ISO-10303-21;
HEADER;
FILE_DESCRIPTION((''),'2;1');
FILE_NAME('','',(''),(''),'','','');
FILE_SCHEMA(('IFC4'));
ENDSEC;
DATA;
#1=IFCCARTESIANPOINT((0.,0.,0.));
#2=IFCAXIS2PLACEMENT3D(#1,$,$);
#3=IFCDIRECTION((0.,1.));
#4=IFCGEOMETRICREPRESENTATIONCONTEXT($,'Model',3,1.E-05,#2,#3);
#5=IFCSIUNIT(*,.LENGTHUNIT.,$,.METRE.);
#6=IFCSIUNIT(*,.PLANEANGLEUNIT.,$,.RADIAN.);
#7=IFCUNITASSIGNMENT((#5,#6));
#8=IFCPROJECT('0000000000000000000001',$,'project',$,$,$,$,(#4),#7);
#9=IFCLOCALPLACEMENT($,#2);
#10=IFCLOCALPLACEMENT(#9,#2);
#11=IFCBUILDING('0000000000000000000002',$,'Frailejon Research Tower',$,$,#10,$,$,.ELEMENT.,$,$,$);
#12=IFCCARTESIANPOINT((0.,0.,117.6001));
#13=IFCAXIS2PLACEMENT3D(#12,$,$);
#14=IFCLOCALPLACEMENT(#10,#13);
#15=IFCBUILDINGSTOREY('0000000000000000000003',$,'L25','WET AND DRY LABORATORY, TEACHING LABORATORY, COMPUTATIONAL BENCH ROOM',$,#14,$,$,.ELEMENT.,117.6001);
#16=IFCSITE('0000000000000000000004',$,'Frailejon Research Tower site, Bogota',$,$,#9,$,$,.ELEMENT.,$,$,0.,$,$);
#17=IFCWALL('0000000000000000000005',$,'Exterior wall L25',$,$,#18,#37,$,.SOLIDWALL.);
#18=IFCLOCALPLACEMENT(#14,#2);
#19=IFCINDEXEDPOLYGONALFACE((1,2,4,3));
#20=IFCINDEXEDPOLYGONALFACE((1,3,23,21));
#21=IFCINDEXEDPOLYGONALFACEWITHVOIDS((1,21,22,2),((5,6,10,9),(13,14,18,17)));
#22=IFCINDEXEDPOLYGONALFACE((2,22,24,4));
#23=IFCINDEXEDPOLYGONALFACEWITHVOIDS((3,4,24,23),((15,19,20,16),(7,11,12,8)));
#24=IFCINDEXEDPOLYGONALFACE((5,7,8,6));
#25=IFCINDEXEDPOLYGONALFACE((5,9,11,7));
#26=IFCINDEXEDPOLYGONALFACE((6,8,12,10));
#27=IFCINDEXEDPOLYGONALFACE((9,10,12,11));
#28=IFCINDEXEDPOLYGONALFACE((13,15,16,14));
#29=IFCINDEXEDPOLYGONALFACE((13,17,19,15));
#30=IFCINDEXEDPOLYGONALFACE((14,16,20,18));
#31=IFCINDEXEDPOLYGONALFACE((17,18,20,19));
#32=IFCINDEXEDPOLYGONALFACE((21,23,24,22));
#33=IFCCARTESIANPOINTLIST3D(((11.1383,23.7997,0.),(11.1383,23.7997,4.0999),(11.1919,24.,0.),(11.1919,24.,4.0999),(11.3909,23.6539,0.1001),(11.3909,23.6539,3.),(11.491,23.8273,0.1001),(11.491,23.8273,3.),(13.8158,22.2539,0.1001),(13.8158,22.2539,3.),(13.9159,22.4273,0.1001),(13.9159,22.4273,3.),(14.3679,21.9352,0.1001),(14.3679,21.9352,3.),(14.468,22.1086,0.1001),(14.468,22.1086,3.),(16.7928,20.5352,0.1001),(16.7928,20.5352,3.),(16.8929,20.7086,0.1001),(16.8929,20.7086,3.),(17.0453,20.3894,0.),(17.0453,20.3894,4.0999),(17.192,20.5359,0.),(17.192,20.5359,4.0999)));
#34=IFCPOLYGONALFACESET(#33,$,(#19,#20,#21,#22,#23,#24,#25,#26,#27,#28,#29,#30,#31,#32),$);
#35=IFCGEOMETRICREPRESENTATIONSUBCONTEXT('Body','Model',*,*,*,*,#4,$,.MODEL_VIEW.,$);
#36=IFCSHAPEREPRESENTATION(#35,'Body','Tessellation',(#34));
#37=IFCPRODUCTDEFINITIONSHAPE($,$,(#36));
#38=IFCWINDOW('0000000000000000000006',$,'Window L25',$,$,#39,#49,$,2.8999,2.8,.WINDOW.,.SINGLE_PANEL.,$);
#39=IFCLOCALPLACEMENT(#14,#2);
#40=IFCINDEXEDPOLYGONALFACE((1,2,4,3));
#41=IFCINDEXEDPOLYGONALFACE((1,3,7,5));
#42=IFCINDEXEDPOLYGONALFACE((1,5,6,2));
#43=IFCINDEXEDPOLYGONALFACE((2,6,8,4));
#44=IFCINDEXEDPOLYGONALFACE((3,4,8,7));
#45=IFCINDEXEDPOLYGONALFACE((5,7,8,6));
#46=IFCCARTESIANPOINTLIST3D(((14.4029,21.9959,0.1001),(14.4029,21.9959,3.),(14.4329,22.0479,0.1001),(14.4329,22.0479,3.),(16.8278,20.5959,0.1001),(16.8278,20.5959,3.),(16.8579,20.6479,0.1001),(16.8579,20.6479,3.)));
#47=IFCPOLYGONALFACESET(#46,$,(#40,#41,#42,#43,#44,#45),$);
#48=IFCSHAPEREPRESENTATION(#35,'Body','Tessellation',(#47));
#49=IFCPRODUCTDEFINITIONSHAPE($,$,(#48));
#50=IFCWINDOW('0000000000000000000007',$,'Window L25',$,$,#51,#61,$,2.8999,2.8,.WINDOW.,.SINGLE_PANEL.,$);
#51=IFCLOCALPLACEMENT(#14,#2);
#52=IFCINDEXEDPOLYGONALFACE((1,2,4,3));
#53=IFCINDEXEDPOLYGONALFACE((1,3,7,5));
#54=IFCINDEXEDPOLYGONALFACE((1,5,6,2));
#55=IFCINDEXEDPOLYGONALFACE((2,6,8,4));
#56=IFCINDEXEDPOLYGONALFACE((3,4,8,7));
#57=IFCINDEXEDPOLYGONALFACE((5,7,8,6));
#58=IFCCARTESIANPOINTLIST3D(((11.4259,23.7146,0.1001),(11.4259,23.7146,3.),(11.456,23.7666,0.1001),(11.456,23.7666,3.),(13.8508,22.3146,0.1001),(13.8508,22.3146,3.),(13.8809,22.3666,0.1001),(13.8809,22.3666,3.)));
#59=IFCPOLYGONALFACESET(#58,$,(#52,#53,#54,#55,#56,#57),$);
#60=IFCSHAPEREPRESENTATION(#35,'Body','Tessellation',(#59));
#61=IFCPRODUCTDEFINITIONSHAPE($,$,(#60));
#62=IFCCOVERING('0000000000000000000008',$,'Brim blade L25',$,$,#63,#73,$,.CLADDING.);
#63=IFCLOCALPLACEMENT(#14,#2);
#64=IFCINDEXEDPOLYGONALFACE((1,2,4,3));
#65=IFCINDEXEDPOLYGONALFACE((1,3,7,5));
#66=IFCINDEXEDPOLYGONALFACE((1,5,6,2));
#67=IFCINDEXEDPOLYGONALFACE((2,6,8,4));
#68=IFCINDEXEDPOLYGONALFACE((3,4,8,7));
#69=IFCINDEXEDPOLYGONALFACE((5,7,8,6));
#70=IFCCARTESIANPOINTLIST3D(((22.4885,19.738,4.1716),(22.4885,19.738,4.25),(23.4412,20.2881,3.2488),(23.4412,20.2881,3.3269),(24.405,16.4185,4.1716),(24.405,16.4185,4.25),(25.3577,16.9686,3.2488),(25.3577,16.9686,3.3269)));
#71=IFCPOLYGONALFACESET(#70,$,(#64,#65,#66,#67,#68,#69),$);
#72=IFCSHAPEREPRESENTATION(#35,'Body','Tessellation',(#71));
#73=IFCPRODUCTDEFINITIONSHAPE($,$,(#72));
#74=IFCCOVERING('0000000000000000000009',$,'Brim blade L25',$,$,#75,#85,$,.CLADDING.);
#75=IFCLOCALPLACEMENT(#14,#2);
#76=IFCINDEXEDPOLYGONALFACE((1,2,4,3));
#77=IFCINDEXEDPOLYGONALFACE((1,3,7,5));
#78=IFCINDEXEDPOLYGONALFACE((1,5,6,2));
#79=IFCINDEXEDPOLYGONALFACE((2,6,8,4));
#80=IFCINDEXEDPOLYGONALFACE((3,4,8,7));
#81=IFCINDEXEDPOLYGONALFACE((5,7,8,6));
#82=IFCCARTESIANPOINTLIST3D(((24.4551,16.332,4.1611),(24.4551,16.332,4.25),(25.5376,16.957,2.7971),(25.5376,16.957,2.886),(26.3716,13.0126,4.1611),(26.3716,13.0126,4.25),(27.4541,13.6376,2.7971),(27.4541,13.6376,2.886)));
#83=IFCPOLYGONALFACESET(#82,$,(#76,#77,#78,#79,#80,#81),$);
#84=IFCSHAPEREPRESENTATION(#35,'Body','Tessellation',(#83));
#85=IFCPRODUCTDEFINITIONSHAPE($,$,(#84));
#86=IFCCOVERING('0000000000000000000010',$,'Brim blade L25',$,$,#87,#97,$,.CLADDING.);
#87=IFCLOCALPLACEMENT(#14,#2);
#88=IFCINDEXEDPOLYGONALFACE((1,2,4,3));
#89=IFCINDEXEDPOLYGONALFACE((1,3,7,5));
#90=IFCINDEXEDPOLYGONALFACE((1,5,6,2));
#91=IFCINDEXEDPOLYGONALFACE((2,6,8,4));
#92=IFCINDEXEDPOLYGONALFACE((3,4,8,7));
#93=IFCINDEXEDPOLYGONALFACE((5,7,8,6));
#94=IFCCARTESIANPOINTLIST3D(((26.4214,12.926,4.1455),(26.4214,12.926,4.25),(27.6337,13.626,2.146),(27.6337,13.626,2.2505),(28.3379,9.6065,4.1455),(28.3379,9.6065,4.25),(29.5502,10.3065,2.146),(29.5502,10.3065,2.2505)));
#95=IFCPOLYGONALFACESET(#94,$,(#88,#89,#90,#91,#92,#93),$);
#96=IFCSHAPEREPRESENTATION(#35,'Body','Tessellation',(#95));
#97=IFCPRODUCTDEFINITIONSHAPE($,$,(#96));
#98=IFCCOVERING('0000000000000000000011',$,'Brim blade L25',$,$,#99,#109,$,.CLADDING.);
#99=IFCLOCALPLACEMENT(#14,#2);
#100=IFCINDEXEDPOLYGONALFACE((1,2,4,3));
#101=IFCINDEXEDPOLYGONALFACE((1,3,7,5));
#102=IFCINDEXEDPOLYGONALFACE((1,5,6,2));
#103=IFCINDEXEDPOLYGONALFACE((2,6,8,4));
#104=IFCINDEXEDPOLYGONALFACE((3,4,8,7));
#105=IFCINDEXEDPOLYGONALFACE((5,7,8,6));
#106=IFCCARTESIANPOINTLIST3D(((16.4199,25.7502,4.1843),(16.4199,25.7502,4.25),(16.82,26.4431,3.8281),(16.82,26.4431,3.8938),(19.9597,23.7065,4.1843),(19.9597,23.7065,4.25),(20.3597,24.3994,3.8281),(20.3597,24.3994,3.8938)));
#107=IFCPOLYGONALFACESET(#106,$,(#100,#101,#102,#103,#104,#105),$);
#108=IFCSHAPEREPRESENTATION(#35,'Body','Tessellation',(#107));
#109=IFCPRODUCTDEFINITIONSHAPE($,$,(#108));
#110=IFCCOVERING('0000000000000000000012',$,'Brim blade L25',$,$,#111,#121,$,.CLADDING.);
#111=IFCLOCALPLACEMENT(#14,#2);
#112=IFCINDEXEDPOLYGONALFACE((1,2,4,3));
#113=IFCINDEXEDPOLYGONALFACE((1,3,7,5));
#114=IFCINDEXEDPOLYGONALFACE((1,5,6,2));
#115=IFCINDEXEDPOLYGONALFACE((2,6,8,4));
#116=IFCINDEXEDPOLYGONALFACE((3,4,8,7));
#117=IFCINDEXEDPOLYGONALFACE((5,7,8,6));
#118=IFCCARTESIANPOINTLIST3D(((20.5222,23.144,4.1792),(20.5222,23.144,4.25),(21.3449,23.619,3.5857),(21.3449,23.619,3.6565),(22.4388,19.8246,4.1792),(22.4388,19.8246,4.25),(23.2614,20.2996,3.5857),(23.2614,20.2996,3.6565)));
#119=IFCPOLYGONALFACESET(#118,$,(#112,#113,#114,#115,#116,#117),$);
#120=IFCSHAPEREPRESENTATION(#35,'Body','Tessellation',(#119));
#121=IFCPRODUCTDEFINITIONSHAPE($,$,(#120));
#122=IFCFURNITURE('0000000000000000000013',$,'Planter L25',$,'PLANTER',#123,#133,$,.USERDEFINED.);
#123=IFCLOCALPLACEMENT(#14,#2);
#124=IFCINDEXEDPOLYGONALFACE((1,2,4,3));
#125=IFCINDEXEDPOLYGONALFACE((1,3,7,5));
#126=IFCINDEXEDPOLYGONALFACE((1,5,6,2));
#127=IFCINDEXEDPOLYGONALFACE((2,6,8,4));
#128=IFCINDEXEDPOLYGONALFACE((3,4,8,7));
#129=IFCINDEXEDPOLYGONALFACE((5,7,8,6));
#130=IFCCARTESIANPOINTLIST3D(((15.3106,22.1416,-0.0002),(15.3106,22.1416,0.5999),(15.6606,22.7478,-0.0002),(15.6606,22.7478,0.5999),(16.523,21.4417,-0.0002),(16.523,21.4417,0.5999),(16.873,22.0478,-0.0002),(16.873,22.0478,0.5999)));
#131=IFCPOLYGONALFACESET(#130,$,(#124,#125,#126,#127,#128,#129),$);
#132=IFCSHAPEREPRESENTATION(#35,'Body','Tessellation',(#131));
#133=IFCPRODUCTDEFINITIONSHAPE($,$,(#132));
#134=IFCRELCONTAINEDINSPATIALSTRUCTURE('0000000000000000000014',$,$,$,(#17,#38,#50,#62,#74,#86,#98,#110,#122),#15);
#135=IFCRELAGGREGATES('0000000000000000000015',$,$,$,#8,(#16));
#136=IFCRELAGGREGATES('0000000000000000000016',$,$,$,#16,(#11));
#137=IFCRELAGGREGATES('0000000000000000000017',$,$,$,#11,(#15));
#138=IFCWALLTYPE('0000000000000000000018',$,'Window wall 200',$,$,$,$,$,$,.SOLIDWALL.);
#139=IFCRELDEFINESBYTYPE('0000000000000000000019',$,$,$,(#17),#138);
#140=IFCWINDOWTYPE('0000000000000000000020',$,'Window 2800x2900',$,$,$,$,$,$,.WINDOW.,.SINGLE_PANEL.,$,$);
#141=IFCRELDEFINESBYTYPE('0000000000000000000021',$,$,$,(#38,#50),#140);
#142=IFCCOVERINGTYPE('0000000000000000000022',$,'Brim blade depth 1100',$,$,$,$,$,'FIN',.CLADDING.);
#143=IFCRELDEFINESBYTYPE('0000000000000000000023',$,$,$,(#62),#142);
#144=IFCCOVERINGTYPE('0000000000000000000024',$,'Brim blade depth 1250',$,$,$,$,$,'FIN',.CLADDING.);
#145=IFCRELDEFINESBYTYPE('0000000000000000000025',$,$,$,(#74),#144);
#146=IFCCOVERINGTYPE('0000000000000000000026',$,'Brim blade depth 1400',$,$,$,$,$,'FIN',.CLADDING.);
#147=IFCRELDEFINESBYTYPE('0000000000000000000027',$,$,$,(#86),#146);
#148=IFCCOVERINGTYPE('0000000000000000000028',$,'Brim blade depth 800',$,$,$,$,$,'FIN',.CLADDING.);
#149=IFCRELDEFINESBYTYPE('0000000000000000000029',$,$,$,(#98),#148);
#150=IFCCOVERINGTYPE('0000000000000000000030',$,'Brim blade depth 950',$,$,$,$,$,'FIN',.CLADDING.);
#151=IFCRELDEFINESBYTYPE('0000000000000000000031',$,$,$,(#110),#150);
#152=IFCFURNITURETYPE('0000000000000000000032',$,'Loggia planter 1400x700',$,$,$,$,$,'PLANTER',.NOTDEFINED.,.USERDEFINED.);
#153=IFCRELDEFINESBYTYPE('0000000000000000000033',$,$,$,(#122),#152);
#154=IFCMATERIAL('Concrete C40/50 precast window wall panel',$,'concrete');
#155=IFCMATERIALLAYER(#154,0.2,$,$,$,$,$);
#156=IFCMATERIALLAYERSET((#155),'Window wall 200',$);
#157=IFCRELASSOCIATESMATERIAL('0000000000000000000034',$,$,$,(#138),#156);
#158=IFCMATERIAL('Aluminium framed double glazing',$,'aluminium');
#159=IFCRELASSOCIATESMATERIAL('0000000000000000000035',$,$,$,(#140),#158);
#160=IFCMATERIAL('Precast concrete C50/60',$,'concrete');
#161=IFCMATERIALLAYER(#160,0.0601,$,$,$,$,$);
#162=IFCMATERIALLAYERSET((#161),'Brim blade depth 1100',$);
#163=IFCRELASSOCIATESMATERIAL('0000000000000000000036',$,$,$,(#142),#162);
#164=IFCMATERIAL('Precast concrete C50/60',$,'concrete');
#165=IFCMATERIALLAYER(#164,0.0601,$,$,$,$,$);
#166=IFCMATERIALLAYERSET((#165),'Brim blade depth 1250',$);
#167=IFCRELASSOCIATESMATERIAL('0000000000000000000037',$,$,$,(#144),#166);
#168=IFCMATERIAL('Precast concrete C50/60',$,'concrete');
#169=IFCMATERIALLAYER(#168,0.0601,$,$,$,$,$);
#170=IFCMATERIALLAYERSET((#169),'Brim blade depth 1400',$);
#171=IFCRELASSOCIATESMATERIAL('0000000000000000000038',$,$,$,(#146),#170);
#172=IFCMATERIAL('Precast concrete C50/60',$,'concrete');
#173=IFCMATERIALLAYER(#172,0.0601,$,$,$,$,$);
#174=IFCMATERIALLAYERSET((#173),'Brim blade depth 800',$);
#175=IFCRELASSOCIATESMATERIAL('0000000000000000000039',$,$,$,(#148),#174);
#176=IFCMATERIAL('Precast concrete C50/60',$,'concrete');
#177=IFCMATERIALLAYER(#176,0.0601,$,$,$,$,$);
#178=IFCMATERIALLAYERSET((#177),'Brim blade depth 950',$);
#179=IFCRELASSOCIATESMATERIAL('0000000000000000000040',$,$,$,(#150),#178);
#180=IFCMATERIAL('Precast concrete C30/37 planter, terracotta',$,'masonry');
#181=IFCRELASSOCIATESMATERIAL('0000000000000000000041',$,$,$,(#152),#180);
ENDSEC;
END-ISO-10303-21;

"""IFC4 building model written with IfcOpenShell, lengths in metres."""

from ifc_helpers import new_model, si_unit, direction, frame, frame_2d, origin, origin_2d, place, context, subcontext, project, spatial, polyline, rectangle, outline, extrude, material, layer, layer_set, type_object, element, fill, save


model = new_model("IFC4")

# Units and contexts
model_context = context("Model", 3, precision=1e-05, world=origin(), true_north=direction((0.0, 1.0)))
body_context = subcontext(model_context, "Body", "Model", "MODEL_VIEW")
ifc_project = project(units=[si_unit("LENGTHUNIT", "METRE"), si_unit("PLANEANGLEUNIT", "RADIAN")], contexts=[model_context])

# Site, building, storey
site_placement = place(None, origin())
site = spatial("IfcSite", under=ifc_project, at=site_placement, Name="Frailejon Research Tower site, Bogota", CompositionType="ELEMENT", RefElevation=0.0)
building_placement = place(site_placement, origin())
building = spatial("IfcBuilding", under=site, at=building_placement, Name="Frailejon Research Tower", CompositionType="ELEMENT")
storey_placement = place(building_placement, frame((0.0, 0.0, 117.6001)))
storey = spatial("IfcBuildingStorey", under=building, at=storey_placement, Name="L25", Description="WET AND DRY LABORATORY, TEACHING LABORATORY, COMPUTATIONAL BENCH ROOM", CompositionType="ELEMENT", Elevation=117.6001)

# Wall, openings, windows
ifc_material_1 = material(Name="Concrete C40/50 precast window wall panel", Category="concrete")
ifc_layer_1 = layer(ifc_material_1, 0.2)
ifc_layer_set_1 = layer_set([ifc_layer_1], Name="Window wall 200")
wall_type_1 = type_object("IfcWallType", Name="Window wall 200", PredefinedType="SOLIDWALL", material=ifc_layer_set_1)
wall_1_placement = place(storey_placement, frame((17.1187, 20.4626, 0.0), z_axis=(0.0, 0.0, 1.0), x_axis=(-0.866029, 0.499993, 0.0)))
wall_1 = element("IfcWall", 1, at=wall_1_placement, inside=storey, type_object=wall_type_1, Name="Exterior wall L25", PredefinedType="SOLIDWALL", context=body_context, shape_type="SweptSolid", body=[
    extrude(outline(polyline([(-0.0269, -0.1001), (1.1279, -0.1001), (2.2825, -0.1001), (3.4373, -0.1001), (4.592, -0.1001), (5.7466, -0.1001), (6.9014, -0.1001), (6.8477, 0.1001), (5.7109, 0.1001), (4.574, 0.1001), (3.4373, 0.1001), (2.3005, 0.1001), (1.1636, 0.1001), (0.0269, 0.1001), (-0.0269, -0.1001)])), origin(), (0.0, 0.0, 1.0), 4.0999),
])
opening_1_placement = place(wall_1_placement, frame((0.3186, 0.0, 0.1001)))
opening_1 = element("IfcOpeningElement", 2, at=opening_1_placement, cuts=wall_1, PredefinedType="OPENING", context=body_context, shape_type="SweptSolid", body=[
    extrude(rectangle(XDim=2.8, YDim=2.8999, at=frame_2d((1.3999, 1.45))), frame((0.0, 0.1099, 0.0), z_axis=(0.0, -1.0, 0.0), x_axis=(1.0, 0.0, 0.0)), (0.0, 0.0, 1.0), 0.22),
])
opening_2_placement = place(wall_1_placement, frame((3.7561, 0.0, 0.1001)))
opening_2 = element("IfcOpeningElement", 3, at=opening_2_placement, cuts=wall_1, PredefinedType="OPENING", context=body_context, shape_type="SweptSolid", body=[
    extrude(rectangle(XDim=2.8, YDim=2.8999, at=frame_2d((1.3999, 1.45))), frame((0.0, 0.1099, 0.0), z_axis=(0.0, -1.0, 0.0), x_axis=(1.0, 0.0, 0.0)), (0.0, 0.0, 1.0), 0.22),
])
ifc_material_2 = material(Name="Aluminium framed double glazing", Category="aluminium")
window_type = type_object("IfcWindowType", Name="Window 2800x2900", PartitioningType="SINGLE_PANEL", PredefinedType="WINDOW", material=ifc_material_2)
window_1_placement = place(opening_1_placement, origin())
window_1 = element("IfcWindow", 4, at=window_1_placement, inside=storey, type_object=window_type, Name="Window L25", OverallHeight=2.8999, OverallWidth=2.8, PartitioningType="SINGLE_PANEL", PredefinedType="WINDOW", context=body_context, shape_type="SweptSolid", body=[
    extrude(rectangle(XDim=2.8, YDim=2.8999, at=frame_2d((1.3999, 1.45))), frame((0.0, 0.03, 0.0), z_axis=(0.0, -1.0, 0.0), x_axis=(1.0, 0.0, 0.0)), (0.0, 0.0, 1.0), 0.0601),
])
fill(opening_1, window_1)
window_2_placement = place(opening_2_placement, origin())
window_2 = element("IfcWindow", 5, at=window_2_placement, inside=storey, type_object=window_type, Name="Window L25", OverallHeight=2.8999, OverallWidth=2.8, PartitioningType="SINGLE_PANEL", PredefinedType="WINDOW", context=body_context, shape_type="SweptSolid", body=[
    extrude(rectangle(XDim=2.8, YDim=2.8999, at=frame_2d((1.3999, 1.45))), frame((0.0, 0.03, 0.0), z_axis=(0.0, -1.0, 0.0), x_axis=(1.0, 0.0, 0.0)), (0.0, 0.0, 1.0), 0.0601),
])
fill(opening_2, window_2)

# Coverings
ifc_material_3 = material(Name="Precast concrete C50/60", Category="concrete")
ifc_layer_2 = layer(ifc_material_3, 0.0601)
ifc_layer_set_2 = layer_set([ifc_layer_2], Name="Brim blade depth 1100")
covering_type_1 = type_object("IfcCoveringType", Name="Brim blade depth 1100", ElementType="FIN", PredefinedType="CLADDING", material=ifc_layer_set_2)
covering_1_placement = place(storey_placement, frame((22.4885, 19.738, 4.25), z_axis=(0.49999, -0.866031, 0.0), x_axis=(0.866031, 0.49999, 0.0)))
element("IfcCovering", 6, at=covering_1_placement, inside=storey, type_object=covering_type_1, Name="Brim blade L25", PredefinedType="CLADDING", context=body_context, shape_type="SweptSolid", body=[
    extrude(outline(polyline([(0.0, -0.0784), (1.1001, -1.0012), (1.1001, -0.9231), (0.0, 0.0), (0.0, -0.0784)])), origin(), (0.0, 0.0, 1.0), 3.833),
])
ifc_material_4 = material(Name="Precast concrete C50/60", Category="concrete")
ifc_layer_3 = layer(ifc_material_4, 0.0601)
ifc_layer_set_3 = layer_set([ifc_layer_3], Name="Brim blade depth 1250")
covering_type_2 = type_object("IfcCoveringType", Name="Brim blade depth 1250", ElementType="FIN", PredefinedType="CLADDING", material=ifc_layer_set_3)
covering_2_placement = place(storey_placement, frame((24.4551, 16.332, 4.25), z_axis=(0.500009, -0.86602, 0.0), x_axis=(0.86602, 0.500009, 0.0)))
element("IfcCovering", 7, at=covering_2_placement, inside=storey, type_object=covering_type_2, Name="Brim blade L25", PredefinedType="CLADDING", context=body_context, shape_type="SweptSolid", body=[
    extrude(outline(polyline([(0.0, -0.0889), (1.25, -1.4529), (1.25, -1.364), (0.0, 0.0), (0.0, -0.0889)])), origin(), (0.0, 0.0, 1.0), 3.833),
])
ifc_material_5 = material(Name="Precast concrete C50/60", Category="concrete")
ifc_layer_4 = layer(ifc_material_5, 0.0601)
ifc_layer_set_4 = layer_set([ifc_layer_4], Name="Brim blade depth 1400")
covering_type_3 = type_object("IfcCoveringType", Name="Brim blade depth 1400", ElementType="FIN", PredefinedType="CLADDING", material=ifc_layer_set_4)
covering_3_placement = place(storey_placement, frame((26.4214, 12.926, 4.25), z_axis=(0.499998, -0.866027, 0.0), x_axis=(0.866027, 0.499998, 0.0)))
element("IfcCovering", 8, at=covering_3_placement, inside=storey, type_object=covering_type_3, Name="Brim blade L25", PredefinedType="CLADDING", context=body_context, shape_type="SweptSolid", body=[
    extrude(outline(polyline([(0.0, -0.1045), (1.3999, -2.104), (1.3999, -1.9995), (0.0, 0.0), (0.0, -0.1045)])), origin(), (0.0, 0.0, 1.0), 3.833),
])
ifc_material_6 = material(Name="Precast concrete C50/60", Category="concrete")
ifc_layer_5 = layer(ifc_material_6, 0.0601)
ifc_layer_set_5 = layer_set([ifc_layer_5], Name="Brim blade depth 800")
covering_type_4 = type_object("IfcCoveringType", Name="Brim blade depth 800", ElementType="FIN", PredefinedType="CLADDING", material=ifc_layer_set_5)
covering_4_placement = place(storey_placement, frame((16.4199, 25.7502, 4.25), z_axis=(0.866021, -0.500007, 0.0), x_axis=(0.500007, 0.866021, 0.0)))
element("IfcCovering", 9, at=covering_4_placement, inside=storey, type_object=covering_type_4, Name="Brim blade L25", PredefinedType="CLADDING", context=body_context, shape_type="SweptSolid", body=[
    extrude(outline(polyline([(0.0, -0.0657), (0.8, -0.4219), (0.8, -0.3562), (0.0, 0.0), (0.0, -0.0657)])), origin(), (0.0, 0.0, 1.0), 4.0874),
])
ifc_material_7 = material(Name="Precast concrete C50/60", Category="concrete")
ifc_layer_6 = layer(ifc_material_7, 0.0601)
ifc_layer_set_6 = layer_set([ifc_layer_6], Name="Brim blade depth 950")
covering_type_5 = type_object("IfcCoveringType", Name="Brim blade depth 950", ElementType="FIN", PredefinedType="CLADDING", material=ifc_layer_set_6)
covering_5_placement = place(storey_placement, frame((20.5222, 23.144, 4.25), z_axis=(0.500009, -0.86602, 0.0), x_axis=(0.86602, 0.500009, 0.0)))
element("IfcCovering", 10, at=covering_5_placement, inside=storey, type_object=covering_type_5, Name="Brim blade L25", PredefinedType="CLADDING", context=body_context, shape_type="SweptSolid", body=[
    extrude(outline(polyline([(0.0, -0.0708), (0.95, -0.6643), (0.95, -0.5935), (0.0, 0.0), (0.0, -0.0708)])), origin(), (0.0, 0.0, 1.0), 3.833),
])

# Furniture
ifc_material_8 = material(Name="Precast concrete C30/37 planter, terracotta", Category="masonry")
furniture_type = type_object("IfcFurnitureType", Name="Loggia planter 1400x700", ElementType="PLANTER", AssemblyPlace="NOTDEFINED", PredefinedType="USERDEFINED", material=ifc_material_8)
furniture_placement = place(storey_placement, frame((16.0918, 22.0947, -0.0002), z_axis=(0.0, 0.0, 1.0), x_axis=(-0.866025, 0.5, 0.0)))
element("IfcFurniture", 11, at=furniture_placement, inside=storey, type_object=furniture_type, Name="Planter L25", ObjectType="PLANTER", PredefinedType="USERDEFINED", context=body_context, shape_type="SweptSolid", body=[
    extrude(rectangle(XDim=1.3999, YDim=0.7, at=origin_2d()), origin(), (0.0, 0.0, 1.0), 0.6001),
])

save(model, "model.ifc")
